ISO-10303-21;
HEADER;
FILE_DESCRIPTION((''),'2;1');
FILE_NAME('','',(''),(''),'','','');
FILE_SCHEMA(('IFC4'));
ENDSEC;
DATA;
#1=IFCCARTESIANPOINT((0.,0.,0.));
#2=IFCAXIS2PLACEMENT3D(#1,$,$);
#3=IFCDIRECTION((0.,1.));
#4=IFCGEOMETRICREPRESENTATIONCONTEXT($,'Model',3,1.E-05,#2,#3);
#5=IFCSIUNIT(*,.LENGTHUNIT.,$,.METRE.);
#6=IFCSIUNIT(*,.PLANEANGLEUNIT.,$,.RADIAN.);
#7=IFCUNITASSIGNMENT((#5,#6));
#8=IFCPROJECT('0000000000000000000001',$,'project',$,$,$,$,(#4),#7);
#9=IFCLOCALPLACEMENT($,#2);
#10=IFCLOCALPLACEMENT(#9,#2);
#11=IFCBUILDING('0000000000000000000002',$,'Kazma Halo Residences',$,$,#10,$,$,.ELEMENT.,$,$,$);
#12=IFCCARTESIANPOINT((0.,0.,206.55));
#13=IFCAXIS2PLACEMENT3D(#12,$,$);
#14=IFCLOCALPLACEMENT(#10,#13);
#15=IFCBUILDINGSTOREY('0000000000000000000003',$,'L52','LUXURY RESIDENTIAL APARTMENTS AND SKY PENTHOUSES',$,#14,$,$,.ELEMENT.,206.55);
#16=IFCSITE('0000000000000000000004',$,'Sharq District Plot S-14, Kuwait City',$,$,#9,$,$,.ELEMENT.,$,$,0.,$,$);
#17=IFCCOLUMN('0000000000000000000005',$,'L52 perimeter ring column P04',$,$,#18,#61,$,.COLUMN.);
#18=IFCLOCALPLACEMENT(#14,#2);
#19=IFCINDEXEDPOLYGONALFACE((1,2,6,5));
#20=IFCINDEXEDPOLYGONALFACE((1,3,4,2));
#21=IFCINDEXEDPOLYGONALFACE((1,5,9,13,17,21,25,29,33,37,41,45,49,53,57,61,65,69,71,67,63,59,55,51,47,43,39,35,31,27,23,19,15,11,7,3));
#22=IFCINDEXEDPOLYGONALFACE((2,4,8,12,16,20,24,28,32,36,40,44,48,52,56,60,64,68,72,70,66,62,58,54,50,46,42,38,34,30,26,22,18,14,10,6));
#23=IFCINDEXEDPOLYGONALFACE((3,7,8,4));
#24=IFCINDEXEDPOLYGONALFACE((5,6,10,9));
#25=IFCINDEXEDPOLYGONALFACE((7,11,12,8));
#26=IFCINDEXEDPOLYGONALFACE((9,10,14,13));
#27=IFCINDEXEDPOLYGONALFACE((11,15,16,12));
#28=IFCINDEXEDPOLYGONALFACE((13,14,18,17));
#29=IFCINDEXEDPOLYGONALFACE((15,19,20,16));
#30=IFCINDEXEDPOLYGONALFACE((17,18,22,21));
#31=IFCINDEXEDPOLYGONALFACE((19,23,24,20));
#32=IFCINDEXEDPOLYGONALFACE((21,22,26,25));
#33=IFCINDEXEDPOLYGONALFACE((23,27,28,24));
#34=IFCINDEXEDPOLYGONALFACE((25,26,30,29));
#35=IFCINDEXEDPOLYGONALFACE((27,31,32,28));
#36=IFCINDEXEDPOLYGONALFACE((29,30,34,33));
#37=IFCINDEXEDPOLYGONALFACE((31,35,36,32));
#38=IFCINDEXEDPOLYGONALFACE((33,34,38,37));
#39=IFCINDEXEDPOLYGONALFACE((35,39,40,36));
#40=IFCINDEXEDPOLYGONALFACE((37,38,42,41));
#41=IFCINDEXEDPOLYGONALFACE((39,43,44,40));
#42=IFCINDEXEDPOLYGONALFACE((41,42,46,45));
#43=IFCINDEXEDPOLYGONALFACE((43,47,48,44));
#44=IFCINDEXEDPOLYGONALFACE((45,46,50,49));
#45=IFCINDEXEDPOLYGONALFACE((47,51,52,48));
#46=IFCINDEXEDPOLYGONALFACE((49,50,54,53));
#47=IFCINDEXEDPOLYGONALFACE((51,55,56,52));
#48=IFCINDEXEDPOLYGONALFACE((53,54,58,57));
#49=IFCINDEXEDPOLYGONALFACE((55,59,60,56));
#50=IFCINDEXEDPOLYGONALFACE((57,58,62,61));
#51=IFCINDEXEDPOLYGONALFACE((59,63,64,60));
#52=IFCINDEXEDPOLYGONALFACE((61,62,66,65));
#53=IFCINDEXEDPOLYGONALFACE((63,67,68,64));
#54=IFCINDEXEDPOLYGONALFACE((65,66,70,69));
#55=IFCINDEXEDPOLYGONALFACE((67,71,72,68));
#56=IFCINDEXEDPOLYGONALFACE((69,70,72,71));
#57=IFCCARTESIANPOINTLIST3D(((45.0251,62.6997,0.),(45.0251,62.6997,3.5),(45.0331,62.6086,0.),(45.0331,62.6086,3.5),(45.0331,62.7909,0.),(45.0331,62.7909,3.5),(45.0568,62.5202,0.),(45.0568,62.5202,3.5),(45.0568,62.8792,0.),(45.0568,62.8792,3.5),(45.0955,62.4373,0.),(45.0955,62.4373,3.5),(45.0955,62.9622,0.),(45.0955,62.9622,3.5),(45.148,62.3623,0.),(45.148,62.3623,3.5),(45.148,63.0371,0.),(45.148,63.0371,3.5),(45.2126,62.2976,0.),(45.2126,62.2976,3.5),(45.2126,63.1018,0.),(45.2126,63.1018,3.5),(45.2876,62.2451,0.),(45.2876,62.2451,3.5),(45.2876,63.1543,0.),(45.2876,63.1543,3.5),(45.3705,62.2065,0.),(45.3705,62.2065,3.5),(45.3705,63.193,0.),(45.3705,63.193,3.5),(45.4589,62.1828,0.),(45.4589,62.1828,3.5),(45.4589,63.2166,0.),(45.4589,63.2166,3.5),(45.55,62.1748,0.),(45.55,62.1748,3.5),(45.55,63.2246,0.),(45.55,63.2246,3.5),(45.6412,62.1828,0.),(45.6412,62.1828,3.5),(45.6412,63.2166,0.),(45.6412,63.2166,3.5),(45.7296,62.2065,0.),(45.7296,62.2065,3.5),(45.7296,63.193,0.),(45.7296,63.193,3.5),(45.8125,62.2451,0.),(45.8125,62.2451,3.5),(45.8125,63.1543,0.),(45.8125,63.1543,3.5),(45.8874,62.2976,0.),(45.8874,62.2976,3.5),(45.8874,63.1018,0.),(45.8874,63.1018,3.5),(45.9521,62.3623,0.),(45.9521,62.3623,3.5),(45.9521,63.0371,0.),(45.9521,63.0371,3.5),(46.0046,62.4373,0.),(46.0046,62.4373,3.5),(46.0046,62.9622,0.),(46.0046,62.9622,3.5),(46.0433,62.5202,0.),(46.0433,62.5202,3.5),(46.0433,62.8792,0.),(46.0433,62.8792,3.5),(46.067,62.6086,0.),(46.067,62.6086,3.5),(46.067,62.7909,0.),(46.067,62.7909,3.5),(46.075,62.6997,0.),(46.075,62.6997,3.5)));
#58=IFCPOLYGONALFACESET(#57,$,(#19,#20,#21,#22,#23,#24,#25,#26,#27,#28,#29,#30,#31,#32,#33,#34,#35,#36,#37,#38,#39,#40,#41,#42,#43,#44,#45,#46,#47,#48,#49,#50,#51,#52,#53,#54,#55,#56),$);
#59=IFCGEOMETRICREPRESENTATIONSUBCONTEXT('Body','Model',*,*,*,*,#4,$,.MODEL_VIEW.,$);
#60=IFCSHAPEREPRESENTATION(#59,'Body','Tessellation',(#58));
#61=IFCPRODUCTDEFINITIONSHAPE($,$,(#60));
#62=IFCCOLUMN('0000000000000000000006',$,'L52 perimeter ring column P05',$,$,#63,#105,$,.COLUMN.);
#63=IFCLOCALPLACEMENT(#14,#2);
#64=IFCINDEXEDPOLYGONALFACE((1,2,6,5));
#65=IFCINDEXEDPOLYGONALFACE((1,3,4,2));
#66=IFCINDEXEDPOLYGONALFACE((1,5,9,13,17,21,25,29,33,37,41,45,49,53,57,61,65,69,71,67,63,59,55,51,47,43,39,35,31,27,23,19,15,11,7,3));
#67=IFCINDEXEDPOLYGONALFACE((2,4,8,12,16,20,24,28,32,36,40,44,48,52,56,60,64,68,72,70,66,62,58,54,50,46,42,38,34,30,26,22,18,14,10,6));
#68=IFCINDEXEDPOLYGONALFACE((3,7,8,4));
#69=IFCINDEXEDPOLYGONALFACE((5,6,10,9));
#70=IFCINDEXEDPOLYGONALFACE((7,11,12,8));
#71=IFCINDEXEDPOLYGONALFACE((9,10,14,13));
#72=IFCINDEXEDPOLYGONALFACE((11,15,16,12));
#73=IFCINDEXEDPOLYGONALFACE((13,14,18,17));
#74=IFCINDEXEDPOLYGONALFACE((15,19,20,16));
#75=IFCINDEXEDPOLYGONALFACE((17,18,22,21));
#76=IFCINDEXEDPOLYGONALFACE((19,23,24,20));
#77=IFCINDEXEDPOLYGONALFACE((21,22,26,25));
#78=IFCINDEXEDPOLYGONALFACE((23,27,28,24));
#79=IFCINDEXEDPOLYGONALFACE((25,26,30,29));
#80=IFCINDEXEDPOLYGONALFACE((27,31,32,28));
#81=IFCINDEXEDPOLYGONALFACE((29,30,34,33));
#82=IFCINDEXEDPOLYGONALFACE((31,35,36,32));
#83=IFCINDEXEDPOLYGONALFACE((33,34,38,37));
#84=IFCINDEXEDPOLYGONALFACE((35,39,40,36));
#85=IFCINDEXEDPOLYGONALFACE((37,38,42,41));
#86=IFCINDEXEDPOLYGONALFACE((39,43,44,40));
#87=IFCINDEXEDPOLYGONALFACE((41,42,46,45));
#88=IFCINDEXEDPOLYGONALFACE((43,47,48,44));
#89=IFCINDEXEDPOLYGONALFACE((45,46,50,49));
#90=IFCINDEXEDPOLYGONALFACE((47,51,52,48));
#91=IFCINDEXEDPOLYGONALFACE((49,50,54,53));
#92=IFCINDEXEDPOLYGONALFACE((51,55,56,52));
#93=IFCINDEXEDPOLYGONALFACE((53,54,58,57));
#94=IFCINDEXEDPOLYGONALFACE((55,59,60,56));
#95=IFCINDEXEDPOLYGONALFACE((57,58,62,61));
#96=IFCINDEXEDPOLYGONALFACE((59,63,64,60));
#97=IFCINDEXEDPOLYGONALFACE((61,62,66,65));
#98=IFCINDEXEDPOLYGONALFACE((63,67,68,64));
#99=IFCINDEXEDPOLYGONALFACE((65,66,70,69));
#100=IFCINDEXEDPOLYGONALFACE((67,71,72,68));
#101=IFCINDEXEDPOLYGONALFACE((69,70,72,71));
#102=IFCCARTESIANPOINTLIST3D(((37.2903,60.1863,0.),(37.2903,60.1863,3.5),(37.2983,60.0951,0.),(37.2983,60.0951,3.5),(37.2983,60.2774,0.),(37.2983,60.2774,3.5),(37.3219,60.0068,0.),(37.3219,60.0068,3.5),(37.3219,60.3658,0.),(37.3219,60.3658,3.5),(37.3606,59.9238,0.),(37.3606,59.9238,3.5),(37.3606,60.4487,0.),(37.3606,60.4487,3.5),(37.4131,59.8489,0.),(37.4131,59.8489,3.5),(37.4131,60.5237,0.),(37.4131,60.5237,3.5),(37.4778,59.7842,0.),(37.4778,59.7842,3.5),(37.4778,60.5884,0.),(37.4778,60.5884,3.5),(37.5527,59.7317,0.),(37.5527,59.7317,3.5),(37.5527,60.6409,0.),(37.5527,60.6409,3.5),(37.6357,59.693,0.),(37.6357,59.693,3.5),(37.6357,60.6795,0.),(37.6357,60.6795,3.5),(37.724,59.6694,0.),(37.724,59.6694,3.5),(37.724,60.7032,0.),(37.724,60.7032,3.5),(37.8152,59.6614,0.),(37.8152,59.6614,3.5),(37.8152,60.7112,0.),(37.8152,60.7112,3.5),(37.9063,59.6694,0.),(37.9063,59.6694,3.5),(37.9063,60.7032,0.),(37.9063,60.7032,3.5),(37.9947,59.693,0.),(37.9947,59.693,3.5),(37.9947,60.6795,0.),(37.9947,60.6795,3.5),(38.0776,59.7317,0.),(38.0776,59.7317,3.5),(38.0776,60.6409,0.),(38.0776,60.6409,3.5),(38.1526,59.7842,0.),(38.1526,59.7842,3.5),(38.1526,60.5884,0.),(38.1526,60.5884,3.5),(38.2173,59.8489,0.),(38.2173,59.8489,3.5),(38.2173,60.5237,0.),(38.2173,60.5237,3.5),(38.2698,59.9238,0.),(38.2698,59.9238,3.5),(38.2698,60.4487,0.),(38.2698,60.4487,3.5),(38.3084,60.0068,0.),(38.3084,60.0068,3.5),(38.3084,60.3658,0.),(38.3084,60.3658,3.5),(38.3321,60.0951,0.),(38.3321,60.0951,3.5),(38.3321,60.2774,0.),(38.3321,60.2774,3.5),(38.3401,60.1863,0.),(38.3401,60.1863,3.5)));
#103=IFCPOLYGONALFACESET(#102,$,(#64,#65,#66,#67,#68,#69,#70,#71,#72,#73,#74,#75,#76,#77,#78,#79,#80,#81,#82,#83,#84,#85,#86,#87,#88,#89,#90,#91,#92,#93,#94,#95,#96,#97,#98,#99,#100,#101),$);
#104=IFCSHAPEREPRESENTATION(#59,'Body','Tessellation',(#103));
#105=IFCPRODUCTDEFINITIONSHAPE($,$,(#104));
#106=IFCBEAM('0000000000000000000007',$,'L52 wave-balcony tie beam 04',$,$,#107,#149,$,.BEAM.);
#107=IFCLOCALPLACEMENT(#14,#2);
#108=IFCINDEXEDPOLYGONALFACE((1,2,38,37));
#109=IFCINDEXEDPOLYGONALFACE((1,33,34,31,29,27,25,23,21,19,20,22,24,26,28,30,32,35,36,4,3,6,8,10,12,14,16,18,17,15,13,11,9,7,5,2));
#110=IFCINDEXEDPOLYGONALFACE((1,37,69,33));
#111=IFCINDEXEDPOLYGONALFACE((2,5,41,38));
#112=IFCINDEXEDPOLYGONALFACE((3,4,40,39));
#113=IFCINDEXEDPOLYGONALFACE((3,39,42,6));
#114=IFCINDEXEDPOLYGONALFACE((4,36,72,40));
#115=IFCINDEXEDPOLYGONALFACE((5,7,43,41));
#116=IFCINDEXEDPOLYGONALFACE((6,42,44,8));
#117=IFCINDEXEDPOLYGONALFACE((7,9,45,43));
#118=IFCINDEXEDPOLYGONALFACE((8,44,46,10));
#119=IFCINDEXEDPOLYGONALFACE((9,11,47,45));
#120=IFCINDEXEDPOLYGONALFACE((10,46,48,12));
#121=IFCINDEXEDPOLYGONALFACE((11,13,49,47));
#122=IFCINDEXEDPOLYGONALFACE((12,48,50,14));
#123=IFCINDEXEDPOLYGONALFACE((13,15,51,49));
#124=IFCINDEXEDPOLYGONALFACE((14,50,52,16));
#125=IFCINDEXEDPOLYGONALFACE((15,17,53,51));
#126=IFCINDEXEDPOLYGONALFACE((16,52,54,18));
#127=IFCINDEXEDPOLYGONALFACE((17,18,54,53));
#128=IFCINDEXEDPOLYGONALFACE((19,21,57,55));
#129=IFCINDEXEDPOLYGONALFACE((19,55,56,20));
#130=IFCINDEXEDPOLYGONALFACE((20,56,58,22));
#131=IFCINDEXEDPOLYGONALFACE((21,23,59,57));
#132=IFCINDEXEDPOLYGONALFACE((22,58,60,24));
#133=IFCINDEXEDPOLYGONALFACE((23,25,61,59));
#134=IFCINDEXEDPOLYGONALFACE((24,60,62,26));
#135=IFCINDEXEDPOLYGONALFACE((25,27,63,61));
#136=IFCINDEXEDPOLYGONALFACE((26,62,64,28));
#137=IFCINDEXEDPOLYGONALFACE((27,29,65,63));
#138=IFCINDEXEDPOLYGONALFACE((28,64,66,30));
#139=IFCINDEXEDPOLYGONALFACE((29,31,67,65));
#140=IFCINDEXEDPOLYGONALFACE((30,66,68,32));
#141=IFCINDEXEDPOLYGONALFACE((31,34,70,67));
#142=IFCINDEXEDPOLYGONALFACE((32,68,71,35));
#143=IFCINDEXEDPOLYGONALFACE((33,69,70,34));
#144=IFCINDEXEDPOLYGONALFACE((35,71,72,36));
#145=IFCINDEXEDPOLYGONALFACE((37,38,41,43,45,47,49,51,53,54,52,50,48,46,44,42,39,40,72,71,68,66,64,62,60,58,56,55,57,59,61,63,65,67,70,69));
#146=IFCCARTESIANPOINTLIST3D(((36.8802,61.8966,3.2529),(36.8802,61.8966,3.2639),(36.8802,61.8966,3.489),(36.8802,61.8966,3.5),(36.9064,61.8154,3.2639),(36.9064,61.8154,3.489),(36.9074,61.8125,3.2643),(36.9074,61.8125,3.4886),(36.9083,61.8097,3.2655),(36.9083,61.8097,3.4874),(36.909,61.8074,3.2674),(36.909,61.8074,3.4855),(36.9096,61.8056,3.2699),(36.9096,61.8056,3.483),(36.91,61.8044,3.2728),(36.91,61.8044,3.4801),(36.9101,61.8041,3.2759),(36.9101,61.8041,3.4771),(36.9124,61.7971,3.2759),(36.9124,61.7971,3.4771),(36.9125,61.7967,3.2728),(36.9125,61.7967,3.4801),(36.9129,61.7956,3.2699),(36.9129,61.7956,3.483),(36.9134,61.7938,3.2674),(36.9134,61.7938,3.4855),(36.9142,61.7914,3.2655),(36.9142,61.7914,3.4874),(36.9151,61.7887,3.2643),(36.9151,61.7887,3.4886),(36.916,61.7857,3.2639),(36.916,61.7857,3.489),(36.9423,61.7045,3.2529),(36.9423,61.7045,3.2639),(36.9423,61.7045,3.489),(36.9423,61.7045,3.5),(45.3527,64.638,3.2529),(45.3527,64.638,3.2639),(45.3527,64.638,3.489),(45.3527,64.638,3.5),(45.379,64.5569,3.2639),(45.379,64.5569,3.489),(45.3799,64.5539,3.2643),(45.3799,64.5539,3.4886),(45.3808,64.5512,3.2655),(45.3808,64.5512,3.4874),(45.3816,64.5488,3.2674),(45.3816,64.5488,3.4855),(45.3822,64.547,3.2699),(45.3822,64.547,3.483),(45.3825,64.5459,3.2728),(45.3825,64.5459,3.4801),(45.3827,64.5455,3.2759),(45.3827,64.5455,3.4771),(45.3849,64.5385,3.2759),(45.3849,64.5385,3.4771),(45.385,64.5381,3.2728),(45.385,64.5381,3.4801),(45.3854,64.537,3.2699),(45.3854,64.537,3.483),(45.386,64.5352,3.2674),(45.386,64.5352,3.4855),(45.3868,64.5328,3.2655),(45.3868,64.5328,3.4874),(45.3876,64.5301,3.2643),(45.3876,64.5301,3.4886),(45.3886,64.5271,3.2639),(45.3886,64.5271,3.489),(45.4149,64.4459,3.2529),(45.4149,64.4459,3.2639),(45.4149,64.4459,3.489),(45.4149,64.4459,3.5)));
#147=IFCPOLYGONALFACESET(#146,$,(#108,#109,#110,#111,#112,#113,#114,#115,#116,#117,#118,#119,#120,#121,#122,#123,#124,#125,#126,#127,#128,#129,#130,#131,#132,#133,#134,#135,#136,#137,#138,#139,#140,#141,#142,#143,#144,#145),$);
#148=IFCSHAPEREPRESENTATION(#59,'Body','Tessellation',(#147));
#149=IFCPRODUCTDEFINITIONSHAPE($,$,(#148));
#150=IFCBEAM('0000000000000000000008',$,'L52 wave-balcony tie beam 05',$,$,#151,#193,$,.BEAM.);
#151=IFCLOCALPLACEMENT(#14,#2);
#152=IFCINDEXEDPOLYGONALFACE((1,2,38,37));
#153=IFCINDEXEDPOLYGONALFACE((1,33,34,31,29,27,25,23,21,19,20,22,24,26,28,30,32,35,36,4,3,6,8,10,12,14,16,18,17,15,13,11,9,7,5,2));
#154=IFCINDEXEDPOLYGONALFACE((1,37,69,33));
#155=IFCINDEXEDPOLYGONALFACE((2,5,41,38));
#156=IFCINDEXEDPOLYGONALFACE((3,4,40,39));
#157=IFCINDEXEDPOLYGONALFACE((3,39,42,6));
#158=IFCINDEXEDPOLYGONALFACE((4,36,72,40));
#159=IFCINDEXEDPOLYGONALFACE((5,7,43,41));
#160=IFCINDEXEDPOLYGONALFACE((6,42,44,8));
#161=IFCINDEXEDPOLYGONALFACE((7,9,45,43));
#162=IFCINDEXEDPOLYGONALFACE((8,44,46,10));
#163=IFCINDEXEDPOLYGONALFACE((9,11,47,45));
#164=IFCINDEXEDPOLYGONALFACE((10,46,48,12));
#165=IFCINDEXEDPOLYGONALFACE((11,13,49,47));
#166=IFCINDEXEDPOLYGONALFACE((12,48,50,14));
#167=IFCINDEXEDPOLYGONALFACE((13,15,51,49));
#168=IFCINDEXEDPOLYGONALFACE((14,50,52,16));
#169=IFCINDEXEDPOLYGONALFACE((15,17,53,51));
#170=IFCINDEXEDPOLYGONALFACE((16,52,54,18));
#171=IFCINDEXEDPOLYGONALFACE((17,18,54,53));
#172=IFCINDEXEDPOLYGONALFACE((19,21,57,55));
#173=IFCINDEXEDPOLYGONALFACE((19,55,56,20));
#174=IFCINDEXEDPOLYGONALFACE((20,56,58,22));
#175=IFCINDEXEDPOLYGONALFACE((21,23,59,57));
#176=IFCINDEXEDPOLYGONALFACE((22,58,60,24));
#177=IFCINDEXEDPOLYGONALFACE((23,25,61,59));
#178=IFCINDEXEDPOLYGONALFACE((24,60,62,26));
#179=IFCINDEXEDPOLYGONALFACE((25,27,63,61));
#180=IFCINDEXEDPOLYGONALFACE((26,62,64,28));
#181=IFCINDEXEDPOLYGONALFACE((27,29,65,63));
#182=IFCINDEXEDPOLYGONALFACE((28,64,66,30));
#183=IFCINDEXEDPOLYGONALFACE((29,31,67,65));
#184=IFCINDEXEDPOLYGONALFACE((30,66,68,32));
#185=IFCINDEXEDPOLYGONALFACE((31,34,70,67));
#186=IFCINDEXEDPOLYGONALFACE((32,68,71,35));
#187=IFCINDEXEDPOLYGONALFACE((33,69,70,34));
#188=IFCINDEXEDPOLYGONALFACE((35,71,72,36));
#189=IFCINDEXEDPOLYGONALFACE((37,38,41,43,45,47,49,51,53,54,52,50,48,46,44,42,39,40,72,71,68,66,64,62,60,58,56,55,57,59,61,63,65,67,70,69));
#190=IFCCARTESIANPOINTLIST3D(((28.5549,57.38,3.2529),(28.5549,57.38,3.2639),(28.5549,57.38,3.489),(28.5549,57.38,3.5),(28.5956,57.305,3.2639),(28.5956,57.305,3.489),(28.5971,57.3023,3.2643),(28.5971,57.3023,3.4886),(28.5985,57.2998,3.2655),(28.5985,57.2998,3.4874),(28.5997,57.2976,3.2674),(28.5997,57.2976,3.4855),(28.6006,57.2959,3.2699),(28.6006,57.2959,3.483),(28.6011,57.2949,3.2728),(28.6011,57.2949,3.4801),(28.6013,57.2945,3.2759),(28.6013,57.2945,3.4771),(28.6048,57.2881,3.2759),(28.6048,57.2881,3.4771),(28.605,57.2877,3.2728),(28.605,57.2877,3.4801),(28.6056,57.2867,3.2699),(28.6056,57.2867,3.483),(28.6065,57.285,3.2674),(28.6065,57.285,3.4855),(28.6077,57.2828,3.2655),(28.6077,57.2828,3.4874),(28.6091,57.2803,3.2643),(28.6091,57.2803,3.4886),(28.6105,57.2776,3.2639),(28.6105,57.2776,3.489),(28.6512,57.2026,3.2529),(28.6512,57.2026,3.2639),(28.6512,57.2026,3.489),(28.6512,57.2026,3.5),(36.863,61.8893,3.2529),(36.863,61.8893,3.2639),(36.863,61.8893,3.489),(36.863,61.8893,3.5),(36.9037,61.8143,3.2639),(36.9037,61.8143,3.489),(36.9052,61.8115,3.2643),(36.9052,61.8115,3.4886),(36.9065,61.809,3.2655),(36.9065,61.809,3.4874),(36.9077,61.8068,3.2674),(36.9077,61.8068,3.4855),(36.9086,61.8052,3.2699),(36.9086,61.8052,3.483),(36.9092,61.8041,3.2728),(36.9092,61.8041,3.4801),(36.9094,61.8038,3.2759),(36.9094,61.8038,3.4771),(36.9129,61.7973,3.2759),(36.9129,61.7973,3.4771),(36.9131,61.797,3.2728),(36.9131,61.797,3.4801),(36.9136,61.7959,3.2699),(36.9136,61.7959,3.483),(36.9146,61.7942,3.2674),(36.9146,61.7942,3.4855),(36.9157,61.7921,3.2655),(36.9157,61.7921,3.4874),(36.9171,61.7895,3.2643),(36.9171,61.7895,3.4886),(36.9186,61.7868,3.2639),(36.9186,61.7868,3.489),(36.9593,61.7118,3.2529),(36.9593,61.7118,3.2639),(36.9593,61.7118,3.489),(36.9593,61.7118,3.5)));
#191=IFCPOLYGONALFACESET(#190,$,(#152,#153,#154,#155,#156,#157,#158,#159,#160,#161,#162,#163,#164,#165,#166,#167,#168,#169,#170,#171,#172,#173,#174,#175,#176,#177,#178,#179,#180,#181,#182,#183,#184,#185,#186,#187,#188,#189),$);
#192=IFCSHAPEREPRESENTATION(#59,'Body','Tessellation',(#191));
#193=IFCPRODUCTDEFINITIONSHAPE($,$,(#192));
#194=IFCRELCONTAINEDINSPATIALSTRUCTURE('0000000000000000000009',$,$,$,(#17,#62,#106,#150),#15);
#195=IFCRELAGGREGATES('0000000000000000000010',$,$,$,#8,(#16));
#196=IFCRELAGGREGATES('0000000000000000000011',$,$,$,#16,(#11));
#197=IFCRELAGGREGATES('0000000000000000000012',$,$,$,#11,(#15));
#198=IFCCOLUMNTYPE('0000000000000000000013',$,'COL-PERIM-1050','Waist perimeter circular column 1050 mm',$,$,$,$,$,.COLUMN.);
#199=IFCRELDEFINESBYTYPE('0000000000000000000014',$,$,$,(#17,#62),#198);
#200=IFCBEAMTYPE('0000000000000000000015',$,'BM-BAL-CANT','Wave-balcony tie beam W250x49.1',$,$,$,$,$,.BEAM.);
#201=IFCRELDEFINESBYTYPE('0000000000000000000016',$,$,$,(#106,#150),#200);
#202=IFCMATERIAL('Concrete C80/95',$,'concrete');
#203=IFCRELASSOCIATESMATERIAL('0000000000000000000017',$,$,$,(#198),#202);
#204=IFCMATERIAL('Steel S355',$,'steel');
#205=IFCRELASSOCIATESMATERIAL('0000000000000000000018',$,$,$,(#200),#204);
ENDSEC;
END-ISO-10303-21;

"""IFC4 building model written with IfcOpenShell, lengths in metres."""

from ifc_helpers import new_model, si_unit, direction, frame, origin, origin_2d, place, context, subcontext, project, spatial, circle, i_section, extrude, material, material_profile, profile_set, type_object, element, save


model = new_model("IFC4")

# Units and contexts
model_context = context("Model", 3, precision=1e-05, world=origin(), true_north=direction((0.0, 1.0)))
body_context = subcontext(model_context, "Body", "Model", "MODEL_VIEW")
ifc_project = project(units=[si_unit("LENGTHUNIT", "METRE"), si_unit("PLANEANGLEUNIT", "RADIAN")], contexts=[model_context])

# Site, building, storey
site_placement = place(None, origin())
site = spatial("IfcSite", under=ifc_project, at=site_placement, Name="Sharq District Plot S-14, Kuwait City", CompositionType="ELEMENT", RefElevation=0.0)
building_placement = place(site_placement, origin())
building = spatial("IfcBuilding", under=site, at=building_placement, Name="Kazma Halo Residences", CompositionType="ELEMENT")
storey_placement = place(building_placement, frame((0.0, 0.0, 206.55)))
storey = spatial("IfcBuildingStorey", under=building, at=storey_placement, Name="L52", Description="LUXURY RESIDENTIAL APARTMENTS AND SKY PENTHOUSES", CompositionType="ELEMENT", Elevation=206.55)

# Columns
ifc_material_1 = material(Name="Concrete C80/95", Category="concrete")
ifc_material_profile_1 = material_profile(ifc_material_1, circle(Radius=0.5249, at=origin_2d()), Name="CIRC1050")
ifc_profile_set_1 = profile_set([ifc_material_profile_1], Name="Concrete C80/95")
column_type = type_object("IfcColumnType", Name="COL-PERIM-1050", Description="Waist perimeter circular column 1050 mm", PredefinedType="COLUMN", material=ifc_profile_set_1)
for number, where, z_axis, x_axis, name in (
    (1, (45.55, 62.6997, 0.0), (0.0, 0.0, 1.0), (1.0, 0.0, 0.0), "L52 perimeter ring column P04"),
    (2, (37.8152, 60.1863, 0.0), (0.0, 0.0, 1.0), (1.0, 0.0, 0.0), "L52 perimeter ring column P05"),
):
    element("IfcColumn", number, at=place(storey_placement, frame(where, z_axis=z_axis, x_axis=x_axis)), inside=storey, type_object=column_type, Name=name, PredefinedType="COLUMN", context=body_context, shape_type="SweptSolid", body=[
        extrude(circle(Radius=0.5249, at=origin_2d()), origin(), (0.0, 0.0, 1.0), 3.5),
    ])

# Beams
ifc_material_2 = material(Name="Steel S355", Category="steel")
ifc_material_profile_2 = material_profile(ifc_material_2, i_section(OverallWidth=0.2019, OverallDepth=0.2471, WebThickness=0.0073, FlangeThickness=0.011, FilletRadius=0.012, at=origin_2d()), Name="W250x49.1")
ifc_profile_set_2 = profile_set([ifc_material_profile_2], Name="Steel S355")
beam_type_1 = type_object("IfcBeamType", Name="BM-BAL-CANT", Description="Wave-balcony tie beam W250x49.1", PredefinedType="BEAM", material=ifc_profile_set_2)
beam_1_placement = place(storey_placement, frame((45.3838, 64.542, 3.3765), z_axis=(-0.951435, -0.307851, 0.0), x_axis=(0.307851, -0.951435, 0.0)))
element("IfcBeam", 3, at=beam_1_placement, inside=storey, type_object=beam_type_1, Name="L52 wave-balcony tie beam 04", PredefinedType="BEAM", context=body_context, shape_type="SweptSolid", body=[
    extrude(i_section(OverallWidth=0.2019, OverallDepth=0.2471, WebThickness=0.0073, FlangeThickness=0.011, FilletRadius=0.012, at=origin_2d()), origin(), (0.0, 0.0, 1.0), 8.905),
])
beam_2_placement = place(storey_placement, frame((36.9111, 61.8005, 3.3765), z_axis=(-0.878891, -0.477023, 0.0), x_axis=(0.477023, -0.878891, 0.0)))
element("IfcBeam", 4, at=beam_2_placement, inside=storey, type_object=beam_type_1, Name="L52 wave-balcony tie beam 05", PredefinedType="BEAM", context=body_context, shape_type="SweptSolid", body=[
    extrude(i_section(OverallWidth=0.2019, OverallDepth=0.2471, WebThickness=0.0073, FlangeThickness=0.011, FilletRadius=0.012, at=origin_2d()), origin(), (0.0, 0.0, 1.0), 9.4529),
])

save(model, "model.ifc")
